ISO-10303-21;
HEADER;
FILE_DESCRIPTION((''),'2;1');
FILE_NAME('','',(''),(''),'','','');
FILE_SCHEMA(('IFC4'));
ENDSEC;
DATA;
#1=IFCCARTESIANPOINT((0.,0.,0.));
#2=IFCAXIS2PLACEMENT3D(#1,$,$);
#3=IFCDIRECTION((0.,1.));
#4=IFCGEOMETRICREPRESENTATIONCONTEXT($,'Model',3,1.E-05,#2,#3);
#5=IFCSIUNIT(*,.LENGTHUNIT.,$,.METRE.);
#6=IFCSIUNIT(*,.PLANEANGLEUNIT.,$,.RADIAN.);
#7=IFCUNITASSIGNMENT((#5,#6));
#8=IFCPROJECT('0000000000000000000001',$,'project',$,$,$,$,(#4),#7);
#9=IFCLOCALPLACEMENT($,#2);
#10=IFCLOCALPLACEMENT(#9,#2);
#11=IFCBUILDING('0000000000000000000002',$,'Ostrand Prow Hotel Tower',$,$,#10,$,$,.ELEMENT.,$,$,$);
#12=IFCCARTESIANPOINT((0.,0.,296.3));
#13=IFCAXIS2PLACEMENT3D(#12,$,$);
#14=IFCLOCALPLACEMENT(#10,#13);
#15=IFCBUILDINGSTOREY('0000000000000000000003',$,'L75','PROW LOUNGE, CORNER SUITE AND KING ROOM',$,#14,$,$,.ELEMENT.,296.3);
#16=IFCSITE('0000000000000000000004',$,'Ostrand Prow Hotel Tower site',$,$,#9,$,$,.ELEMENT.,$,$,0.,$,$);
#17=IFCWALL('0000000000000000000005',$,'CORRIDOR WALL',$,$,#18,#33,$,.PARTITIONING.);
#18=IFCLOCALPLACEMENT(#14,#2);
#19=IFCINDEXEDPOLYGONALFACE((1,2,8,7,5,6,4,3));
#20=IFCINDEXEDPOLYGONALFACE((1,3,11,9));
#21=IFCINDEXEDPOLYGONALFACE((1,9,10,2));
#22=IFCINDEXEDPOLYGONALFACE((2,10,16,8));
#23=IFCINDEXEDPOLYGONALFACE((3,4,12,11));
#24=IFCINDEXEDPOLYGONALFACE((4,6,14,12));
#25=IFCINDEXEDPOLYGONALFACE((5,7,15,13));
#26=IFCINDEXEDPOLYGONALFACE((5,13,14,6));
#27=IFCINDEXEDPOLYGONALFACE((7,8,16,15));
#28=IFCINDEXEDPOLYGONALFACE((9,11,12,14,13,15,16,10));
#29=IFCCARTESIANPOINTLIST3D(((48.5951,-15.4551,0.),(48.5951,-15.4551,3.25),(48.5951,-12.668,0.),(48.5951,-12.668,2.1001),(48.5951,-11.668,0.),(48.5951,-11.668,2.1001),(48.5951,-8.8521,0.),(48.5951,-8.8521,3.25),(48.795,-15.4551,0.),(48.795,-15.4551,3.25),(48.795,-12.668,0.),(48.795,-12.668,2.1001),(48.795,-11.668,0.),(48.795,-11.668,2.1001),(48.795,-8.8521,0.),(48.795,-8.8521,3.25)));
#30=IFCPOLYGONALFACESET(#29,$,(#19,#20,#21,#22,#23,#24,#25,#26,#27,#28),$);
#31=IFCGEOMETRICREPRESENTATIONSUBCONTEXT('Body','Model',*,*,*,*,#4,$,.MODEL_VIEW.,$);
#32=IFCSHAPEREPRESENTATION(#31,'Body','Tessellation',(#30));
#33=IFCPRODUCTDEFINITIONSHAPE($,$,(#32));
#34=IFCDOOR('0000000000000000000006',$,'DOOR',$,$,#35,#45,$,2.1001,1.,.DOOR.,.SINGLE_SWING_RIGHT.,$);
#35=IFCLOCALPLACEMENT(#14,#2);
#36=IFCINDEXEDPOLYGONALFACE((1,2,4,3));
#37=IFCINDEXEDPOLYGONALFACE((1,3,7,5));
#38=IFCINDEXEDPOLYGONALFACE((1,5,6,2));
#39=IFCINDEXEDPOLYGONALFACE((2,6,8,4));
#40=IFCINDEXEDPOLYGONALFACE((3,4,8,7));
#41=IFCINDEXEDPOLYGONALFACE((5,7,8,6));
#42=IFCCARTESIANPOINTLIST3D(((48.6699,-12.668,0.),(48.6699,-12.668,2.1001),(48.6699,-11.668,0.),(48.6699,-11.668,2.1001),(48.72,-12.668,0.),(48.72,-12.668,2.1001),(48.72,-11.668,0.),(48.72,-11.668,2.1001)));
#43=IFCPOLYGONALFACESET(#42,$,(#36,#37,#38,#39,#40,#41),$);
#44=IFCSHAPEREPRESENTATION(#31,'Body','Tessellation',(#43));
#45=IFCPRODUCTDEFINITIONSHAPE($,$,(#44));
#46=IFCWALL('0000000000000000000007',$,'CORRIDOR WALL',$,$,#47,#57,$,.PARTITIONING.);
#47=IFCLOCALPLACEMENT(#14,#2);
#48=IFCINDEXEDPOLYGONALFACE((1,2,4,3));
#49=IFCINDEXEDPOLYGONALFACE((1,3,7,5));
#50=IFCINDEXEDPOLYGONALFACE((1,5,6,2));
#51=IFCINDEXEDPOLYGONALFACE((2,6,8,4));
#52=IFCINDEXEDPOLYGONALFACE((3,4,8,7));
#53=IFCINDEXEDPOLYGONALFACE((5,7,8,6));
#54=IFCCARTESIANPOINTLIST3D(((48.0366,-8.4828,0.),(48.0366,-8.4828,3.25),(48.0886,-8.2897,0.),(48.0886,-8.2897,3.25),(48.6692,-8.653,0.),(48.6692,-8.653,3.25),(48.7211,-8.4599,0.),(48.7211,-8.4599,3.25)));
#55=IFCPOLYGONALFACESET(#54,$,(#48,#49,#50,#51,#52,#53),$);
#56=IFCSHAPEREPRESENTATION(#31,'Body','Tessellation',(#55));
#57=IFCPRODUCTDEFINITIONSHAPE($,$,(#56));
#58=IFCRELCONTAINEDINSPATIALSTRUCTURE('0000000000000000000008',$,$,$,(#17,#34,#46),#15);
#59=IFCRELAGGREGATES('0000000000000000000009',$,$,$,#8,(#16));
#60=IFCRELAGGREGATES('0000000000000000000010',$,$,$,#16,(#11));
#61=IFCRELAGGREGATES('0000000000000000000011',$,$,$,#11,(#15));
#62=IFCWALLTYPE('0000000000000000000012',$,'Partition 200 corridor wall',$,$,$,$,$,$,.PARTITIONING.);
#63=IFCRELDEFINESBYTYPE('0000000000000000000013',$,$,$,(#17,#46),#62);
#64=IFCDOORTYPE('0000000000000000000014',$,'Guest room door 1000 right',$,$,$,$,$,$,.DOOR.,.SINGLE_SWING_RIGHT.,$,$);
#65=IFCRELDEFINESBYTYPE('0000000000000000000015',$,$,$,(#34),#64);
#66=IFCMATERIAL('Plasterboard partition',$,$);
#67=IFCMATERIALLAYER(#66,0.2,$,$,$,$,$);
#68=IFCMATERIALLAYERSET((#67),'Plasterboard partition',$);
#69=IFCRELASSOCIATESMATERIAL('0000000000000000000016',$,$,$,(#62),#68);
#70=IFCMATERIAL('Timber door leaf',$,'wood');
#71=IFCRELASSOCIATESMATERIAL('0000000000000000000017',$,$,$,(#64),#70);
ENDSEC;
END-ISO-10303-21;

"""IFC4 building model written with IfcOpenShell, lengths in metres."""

from ifc_helpers import new_model, si_unit, direction, frame, frame_2d, origin, place, context, subcontext, project, spatial, rectangle, extrude, material, layer, layer_set, type_object, element, fill, save


model = new_model("IFC4")

# Units and contexts
model_context = context("Model", 3, precision=1e-05, world=origin(), true_north=direction((0.0, 1.0)))
body_context = subcontext(model_context, "Body", "Model", "MODEL_VIEW")
ifc_project = project(units=[si_unit("LENGTHUNIT", "METRE"), si_unit("PLANEANGLEUNIT", "RADIAN")], contexts=[model_context])

# Site, building, storey
site_placement = place(None, origin())
site = spatial("IfcSite", under=ifc_project, at=site_placement, Name="Ostrand Prow Hotel Tower site", CompositionType="ELEMENT", RefElevation=0.0)
building_placement = place(site_placement, origin())
building = spatial("IfcBuilding", under=site, at=building_placement, Name="Ostrand Prow Hotel Tower", CompositionType="ELEMENT")
storey_placement = place(building_placement, frame((0.0, 0.0, 296.3)))
storey = spatial("IfcBuildingStorey", under=building, at=storey_placement, Name="L75", Description="PROW LOUNGE, CORNER SUITE AND KING ROOM", CompositionType="ELEMENT", Elevation=296.3)

# Shared definitions
ifc_material_1 = material(Name="Plasterboard partition")
ifc_layer_1 = layer(ifc_material_1, 0.2)
ifc_layer_set_1 = layer_set([ifc_layer_1], Name="Plasterboard partition")
wall_type_1 = type_object("IfcWallType", Name="Partition 200 corridor wall", PredefinedType="PARTITIONING", material=ifc_layer_set_1)
ifc_material_2 = material(Name="Timber door leaf", Category="wood")
door_type_1 = type_object("IfcDoorType", Name="Guest room door 1000 right", OperationType="SINGLE_SWING_RIGHT", PredefinedType="DOOR", material=ifc_material_2)

# Wall, opening, door
wall_1_placement = place(storey_placement, frame((48.6951, -8.8521, 0.0), z_axis=(0.0, 0.0, 1.0), x_axis=(0.0, -1.0, 0.0)))
wall_1 = element("IfcWall", 1, at=wall_1_placement, inside=storey, type_object=wall_type_1, Name="CORRIDOR WALL", PredefinedType="PARTITIONING", context=body_context, shape_type="SweptSolid", body=[
    extrude(rectangle(XDim=6.603, YDim=0.2, at=frame_2d((3.3015, 0.0))), origin(), (0.0, 0.0, 1.0), 3.25),
])
opening_1_placement = place(wall_1_placement, frame((2.8159, 0.0, 0.0)))
opening_1 = element("IfcOpeningElement", 2, at=opening_1_placement, cuts=wall_1, PredefinedType="OPENING", context=body_context, shape_type="SweptSolid", body=[
    extrude(rectangle(XDim=1.0, YDim=2.1001, at=frame_2d((0.5, 1.05))), frame((0.0, 0.1099, 0.0), z_axis=(0.0, -1.0, 0.0), x_axis=(1.0, 0.0, 0.0)), (0.0, 0.0, 1.0), 0.22),
])
door_1_placement = place(opening_1_placement, origin())
door_1 = element("IfcDoor", 3, at=door_1_placement, inside=storey, type_object=door_type_1, Name="DOOR", OperationType="SINGLE_SWING_RIGHT", OverallHeight=2.1001, OverallWidth=1.0, PredefinedType="DOOR", context=body_context, shape_type="SweptSolid", body=[
    extrude(rectangle(XDim=1.0, YDim=2.1001, at=frame_2d((0.5, 1.05))), frame((0.0, 0.0249, 0.0), z_axis=(0.0, -1.0, 0.0), x_axis=(1.0, 0.0, 0.0)), (0.0, 0.0, 1.0), 0.05),
])
fill(opening_1, door_1)

# Wall
wall_2_placement = place(storey_placement, frame((48.0625, -8.3862, 0.0), z_axis=(0.0, 0.0, 1.0), x_axis=(0.96567, -0.259773, 0.0)))
element("IfcWall", 4, at=wall_2_placement, inside=storey, type_object=wall_type_1, Name="CORRIDOR WALL", PredefinedType="PARTITIONING", context=body_context, shape_type="SweptSolid", body=[
    extrude(rectangle(XDim=0.655, YDim=0.2, at=frame_2d((0.3276, 0.0))), origin(), (0.0, 0.0, 1.0), 3.25),
])

save(model, "model.ifc")
